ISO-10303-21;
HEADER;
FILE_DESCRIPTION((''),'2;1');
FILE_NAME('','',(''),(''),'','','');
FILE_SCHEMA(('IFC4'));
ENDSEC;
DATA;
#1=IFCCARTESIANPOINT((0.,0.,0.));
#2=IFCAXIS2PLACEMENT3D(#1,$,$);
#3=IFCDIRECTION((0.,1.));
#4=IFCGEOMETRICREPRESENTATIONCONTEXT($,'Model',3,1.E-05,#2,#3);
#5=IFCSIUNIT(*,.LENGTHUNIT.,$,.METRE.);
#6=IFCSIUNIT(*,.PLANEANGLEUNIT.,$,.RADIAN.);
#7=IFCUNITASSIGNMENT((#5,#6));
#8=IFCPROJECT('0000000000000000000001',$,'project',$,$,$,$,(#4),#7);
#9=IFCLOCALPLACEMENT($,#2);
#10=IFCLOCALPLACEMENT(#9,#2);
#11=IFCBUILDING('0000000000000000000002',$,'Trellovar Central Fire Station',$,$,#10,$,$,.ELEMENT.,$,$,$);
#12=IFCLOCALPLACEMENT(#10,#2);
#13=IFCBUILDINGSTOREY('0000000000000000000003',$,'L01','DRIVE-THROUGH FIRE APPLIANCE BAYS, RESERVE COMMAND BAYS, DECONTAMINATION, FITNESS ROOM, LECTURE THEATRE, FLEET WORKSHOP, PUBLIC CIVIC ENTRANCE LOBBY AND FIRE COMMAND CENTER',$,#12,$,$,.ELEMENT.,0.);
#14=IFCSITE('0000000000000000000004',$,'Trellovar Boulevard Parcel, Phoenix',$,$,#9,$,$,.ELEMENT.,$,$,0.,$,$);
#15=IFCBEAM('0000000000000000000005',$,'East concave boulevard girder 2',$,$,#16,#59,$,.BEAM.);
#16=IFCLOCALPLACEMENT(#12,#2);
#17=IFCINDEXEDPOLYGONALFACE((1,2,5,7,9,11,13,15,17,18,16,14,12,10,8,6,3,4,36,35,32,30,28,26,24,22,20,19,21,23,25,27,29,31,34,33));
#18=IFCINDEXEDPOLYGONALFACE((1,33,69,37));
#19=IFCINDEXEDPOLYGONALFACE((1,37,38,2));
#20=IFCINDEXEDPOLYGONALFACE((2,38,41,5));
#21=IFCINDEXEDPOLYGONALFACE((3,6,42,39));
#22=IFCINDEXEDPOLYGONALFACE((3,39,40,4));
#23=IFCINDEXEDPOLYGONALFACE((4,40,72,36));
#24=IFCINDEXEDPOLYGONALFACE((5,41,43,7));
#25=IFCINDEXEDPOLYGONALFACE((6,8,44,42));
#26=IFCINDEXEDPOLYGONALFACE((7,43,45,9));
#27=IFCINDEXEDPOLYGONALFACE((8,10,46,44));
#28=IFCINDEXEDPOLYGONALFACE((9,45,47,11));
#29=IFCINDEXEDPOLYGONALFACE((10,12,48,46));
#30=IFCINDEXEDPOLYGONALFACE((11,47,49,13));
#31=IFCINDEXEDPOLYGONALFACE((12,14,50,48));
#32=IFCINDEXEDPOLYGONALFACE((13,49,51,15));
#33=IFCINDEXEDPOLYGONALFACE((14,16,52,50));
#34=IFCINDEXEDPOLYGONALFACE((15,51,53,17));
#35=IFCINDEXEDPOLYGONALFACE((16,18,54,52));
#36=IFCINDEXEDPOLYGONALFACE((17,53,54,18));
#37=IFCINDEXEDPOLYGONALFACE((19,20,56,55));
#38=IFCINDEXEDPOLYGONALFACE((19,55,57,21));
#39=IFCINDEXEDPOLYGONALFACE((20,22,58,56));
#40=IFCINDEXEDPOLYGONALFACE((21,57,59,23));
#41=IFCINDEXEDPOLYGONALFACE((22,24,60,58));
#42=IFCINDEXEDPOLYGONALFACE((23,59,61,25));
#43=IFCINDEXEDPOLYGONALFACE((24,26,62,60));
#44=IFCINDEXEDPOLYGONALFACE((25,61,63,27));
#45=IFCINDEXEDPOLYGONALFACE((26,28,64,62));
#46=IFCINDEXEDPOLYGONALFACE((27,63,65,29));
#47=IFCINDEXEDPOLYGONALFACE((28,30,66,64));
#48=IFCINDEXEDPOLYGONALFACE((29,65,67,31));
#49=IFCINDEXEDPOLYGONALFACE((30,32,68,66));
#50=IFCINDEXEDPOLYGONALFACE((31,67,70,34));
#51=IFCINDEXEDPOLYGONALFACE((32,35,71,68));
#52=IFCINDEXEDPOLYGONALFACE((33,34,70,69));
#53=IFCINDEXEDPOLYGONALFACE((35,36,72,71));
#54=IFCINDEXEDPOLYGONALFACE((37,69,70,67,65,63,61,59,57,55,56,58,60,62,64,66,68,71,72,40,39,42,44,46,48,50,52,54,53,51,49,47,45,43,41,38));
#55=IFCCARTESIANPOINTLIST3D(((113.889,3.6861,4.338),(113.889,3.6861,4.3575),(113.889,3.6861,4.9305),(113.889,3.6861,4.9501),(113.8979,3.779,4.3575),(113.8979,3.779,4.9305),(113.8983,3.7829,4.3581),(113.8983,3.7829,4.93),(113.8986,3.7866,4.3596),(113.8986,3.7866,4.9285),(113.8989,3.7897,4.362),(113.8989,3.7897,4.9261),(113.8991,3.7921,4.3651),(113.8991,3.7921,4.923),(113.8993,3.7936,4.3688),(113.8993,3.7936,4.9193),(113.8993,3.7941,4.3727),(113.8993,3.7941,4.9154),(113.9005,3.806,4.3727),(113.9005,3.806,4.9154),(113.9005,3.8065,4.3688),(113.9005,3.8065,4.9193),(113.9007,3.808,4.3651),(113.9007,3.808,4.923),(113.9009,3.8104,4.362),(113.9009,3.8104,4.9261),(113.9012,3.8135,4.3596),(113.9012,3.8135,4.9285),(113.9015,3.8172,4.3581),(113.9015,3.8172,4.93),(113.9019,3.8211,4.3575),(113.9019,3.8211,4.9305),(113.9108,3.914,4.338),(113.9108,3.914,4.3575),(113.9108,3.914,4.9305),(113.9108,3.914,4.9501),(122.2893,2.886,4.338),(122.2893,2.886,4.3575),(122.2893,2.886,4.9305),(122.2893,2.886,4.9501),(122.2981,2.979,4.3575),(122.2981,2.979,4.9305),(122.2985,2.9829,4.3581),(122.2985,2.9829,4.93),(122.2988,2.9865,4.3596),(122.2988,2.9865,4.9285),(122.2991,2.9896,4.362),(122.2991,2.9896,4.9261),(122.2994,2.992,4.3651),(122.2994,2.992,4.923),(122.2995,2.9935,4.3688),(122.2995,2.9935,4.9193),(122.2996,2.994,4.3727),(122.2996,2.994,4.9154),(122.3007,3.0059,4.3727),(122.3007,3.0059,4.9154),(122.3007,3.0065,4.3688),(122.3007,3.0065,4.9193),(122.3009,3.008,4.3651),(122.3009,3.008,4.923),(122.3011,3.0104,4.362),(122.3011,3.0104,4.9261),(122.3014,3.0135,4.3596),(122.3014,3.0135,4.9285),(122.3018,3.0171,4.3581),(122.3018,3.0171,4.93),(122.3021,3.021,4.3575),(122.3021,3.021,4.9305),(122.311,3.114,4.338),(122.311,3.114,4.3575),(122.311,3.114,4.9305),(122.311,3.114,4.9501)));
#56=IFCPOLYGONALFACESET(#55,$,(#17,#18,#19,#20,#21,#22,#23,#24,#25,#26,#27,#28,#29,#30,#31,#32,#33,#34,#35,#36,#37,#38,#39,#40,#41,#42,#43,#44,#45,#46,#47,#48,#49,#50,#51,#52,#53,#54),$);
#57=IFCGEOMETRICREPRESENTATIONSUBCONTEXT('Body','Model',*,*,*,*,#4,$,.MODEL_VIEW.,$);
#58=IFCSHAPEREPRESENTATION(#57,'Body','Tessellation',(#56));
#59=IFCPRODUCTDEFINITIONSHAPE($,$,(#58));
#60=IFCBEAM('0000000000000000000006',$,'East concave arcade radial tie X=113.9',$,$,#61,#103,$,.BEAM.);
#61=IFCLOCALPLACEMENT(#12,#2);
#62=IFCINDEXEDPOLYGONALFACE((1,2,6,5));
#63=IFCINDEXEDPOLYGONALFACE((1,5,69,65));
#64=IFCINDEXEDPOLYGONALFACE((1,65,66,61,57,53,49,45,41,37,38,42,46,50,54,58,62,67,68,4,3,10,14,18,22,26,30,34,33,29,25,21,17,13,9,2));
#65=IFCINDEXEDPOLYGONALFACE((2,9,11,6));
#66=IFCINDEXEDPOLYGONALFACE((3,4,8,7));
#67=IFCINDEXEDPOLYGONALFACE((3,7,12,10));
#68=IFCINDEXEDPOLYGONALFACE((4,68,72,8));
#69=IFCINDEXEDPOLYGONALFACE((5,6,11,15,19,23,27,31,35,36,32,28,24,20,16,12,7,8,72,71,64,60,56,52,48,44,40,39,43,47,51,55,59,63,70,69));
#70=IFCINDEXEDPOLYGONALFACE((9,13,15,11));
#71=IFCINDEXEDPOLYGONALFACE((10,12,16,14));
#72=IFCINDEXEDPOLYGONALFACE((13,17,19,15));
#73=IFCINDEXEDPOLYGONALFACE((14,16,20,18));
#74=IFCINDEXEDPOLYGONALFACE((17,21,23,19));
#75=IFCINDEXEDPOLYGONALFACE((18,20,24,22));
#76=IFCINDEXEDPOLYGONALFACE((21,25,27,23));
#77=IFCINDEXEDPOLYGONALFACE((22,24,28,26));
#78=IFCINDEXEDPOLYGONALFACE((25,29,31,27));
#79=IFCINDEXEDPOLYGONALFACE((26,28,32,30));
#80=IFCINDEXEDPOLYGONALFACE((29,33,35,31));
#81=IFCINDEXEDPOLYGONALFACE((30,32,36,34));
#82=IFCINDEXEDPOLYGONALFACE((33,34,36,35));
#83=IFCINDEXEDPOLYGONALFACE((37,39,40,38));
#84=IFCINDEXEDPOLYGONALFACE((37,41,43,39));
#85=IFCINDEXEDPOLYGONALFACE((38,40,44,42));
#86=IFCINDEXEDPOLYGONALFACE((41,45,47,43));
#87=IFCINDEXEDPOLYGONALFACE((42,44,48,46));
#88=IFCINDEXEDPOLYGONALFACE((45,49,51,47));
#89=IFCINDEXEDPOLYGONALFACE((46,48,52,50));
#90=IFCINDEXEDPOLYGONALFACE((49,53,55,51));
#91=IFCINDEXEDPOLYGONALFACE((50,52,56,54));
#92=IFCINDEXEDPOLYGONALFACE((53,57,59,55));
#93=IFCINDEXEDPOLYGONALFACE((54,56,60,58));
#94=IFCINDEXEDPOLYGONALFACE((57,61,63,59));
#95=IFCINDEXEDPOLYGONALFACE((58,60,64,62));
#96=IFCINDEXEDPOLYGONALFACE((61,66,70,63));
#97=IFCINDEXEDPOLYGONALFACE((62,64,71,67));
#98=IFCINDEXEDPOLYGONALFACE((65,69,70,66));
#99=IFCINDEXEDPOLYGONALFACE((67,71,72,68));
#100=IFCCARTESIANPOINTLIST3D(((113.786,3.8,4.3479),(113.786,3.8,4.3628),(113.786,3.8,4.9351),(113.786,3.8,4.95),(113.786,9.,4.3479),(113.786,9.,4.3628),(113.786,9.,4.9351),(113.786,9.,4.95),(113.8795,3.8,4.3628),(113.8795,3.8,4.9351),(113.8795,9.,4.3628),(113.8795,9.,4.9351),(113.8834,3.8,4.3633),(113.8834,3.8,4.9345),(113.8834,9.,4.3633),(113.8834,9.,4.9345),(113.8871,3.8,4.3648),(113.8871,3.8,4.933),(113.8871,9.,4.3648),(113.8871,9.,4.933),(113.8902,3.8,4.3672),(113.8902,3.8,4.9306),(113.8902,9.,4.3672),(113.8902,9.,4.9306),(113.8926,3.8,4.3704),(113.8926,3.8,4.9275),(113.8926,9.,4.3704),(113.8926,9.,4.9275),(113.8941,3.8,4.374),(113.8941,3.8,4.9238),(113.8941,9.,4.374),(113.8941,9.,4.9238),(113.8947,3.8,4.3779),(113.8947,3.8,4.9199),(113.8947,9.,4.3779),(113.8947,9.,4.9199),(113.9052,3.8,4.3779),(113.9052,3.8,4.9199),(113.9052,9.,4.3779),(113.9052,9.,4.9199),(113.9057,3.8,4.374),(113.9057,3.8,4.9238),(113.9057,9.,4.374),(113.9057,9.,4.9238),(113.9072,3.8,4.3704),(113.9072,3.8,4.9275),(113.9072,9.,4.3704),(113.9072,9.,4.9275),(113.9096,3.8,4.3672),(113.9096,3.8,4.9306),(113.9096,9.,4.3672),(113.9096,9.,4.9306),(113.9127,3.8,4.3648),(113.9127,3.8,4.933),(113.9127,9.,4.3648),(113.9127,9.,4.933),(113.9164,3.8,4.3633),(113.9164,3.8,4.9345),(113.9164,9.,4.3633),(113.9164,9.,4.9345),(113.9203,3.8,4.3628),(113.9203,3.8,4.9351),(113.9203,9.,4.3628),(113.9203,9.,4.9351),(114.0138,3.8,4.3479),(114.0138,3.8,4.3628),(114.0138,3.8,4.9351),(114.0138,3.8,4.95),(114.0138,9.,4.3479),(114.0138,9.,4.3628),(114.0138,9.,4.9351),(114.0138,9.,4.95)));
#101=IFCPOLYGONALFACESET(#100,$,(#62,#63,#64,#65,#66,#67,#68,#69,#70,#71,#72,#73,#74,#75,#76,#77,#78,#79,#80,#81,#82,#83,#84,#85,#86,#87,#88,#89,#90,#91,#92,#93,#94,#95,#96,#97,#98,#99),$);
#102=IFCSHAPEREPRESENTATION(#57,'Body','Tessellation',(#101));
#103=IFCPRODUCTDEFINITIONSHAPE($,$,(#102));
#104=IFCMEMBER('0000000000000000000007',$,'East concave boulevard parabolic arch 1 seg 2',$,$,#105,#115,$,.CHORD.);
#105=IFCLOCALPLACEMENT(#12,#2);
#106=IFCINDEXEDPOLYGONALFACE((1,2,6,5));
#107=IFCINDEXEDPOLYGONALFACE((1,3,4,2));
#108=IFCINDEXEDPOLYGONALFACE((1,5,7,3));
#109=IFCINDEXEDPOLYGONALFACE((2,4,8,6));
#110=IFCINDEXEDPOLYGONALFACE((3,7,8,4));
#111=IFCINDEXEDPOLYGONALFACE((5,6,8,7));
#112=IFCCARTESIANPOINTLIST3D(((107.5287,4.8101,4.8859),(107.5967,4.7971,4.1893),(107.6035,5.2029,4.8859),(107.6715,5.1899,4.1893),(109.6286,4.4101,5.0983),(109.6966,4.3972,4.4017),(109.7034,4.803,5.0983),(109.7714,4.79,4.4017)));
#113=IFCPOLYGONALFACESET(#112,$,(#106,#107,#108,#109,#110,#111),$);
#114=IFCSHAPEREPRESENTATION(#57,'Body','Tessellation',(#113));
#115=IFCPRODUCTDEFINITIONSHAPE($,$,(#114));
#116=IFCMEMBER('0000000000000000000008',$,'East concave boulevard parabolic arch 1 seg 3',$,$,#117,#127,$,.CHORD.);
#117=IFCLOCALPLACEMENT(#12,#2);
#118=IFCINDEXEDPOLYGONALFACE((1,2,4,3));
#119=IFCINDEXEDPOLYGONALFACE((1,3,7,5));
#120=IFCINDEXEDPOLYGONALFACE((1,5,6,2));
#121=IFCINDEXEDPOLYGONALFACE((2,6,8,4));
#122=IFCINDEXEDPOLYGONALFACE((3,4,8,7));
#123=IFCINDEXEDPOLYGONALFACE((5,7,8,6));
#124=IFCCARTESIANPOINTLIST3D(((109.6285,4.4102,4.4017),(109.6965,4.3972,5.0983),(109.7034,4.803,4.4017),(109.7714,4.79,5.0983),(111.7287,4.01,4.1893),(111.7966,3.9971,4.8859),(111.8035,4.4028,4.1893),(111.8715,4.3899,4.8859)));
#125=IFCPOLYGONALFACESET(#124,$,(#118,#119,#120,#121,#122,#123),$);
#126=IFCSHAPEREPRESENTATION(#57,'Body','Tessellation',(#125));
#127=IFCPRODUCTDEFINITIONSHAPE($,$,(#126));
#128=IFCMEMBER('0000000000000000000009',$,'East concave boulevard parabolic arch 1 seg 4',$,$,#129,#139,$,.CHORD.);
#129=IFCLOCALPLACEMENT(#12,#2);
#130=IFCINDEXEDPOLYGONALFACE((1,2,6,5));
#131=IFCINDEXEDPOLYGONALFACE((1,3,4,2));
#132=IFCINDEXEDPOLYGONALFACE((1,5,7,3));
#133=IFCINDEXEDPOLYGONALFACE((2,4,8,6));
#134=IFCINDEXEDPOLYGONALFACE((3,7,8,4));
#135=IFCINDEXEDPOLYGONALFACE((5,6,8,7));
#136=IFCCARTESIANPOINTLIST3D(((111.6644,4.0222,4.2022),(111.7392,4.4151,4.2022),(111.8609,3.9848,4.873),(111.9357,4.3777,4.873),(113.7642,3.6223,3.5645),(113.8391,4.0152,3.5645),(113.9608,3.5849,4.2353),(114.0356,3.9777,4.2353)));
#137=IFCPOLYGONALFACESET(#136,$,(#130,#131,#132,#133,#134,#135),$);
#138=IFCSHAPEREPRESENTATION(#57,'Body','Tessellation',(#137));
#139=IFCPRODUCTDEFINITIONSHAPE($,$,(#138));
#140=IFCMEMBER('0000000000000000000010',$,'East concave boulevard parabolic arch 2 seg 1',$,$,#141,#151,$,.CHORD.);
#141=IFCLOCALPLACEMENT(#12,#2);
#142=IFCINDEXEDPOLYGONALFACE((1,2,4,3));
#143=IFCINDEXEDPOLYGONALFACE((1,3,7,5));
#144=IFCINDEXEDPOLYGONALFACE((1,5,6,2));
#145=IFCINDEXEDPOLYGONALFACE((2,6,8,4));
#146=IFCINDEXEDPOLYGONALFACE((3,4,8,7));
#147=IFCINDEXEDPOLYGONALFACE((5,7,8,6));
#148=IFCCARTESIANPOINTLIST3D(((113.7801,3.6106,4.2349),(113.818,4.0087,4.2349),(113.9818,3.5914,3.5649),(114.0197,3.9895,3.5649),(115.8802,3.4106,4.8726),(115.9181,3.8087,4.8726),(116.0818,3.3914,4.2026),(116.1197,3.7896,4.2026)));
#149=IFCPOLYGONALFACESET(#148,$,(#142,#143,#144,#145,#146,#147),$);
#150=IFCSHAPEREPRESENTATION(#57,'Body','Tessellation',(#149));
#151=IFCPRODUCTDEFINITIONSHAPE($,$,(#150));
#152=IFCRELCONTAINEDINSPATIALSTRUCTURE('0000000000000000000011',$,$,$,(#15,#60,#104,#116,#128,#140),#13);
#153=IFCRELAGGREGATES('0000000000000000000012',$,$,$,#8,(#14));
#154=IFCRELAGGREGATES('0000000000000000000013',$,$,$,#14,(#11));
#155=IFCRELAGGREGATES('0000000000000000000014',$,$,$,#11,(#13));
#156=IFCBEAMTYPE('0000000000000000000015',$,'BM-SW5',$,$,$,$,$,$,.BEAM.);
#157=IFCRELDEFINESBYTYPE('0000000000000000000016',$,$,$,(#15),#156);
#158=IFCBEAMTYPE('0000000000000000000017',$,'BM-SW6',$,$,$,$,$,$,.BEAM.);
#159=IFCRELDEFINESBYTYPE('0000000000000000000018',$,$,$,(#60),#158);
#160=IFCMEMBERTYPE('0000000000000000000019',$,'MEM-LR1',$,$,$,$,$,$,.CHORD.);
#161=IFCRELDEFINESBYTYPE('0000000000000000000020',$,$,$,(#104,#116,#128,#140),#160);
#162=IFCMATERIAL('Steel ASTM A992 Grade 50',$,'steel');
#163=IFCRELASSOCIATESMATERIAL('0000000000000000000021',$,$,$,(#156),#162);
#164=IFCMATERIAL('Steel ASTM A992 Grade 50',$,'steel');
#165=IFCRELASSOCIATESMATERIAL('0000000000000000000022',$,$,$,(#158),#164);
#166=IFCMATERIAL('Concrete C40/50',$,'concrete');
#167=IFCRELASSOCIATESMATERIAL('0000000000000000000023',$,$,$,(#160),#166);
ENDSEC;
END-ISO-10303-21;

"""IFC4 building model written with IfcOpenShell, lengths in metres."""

from ifc_helpers import new_model, si_unit, direction, frame, origin, origin_2d, place, context, subcontext, project, spatial, rectangle, i_section, extrude, material, material_profile, profile_set, type_object, element, save


model = new_model("IFC4")

# Units and contexts
model_context = context("Model", 3, precision=1e-05, world=origin(), true_north=direction((0.0, 1.0)))
body_context = subcontext(model_context, "Body", "Model", "MODEL_VIEW")
ifc_project = project(units=[si_unit("LENGTHUNIT", "METRE"), si_unit("PLANEANGLEUNIT", "RADIAN")], contexts=[model_context])

# Site, building, storey
site_placement = place(None, origin())
site = spatial("IfcSite", under=ifc_project, at=site_placement, Name="Trellovar Boulevard Parcel, Phoenix", CompositionType="ELEMENT", RefElevation=0.0)
building_placement = place(site_placement, origin())
building = spatial("IfcBuilding", under=site, at=building_placement, Name="Trellovar Central Fire Station", CompositionType="ELEMENT")
storey_placement = place(building_placement, origin())
storey = spatial("IfcBuildingStorey", under=building, at=storey_placement, Name="L01", Description="DRIVE-THROUGH FIRE APPLIANCE BAYS, RESERVE COMMAND BAYS, DECONTAMINATION, FITNESS ROOM, LECTURE THEATRE, FLEET WORKSHOP, PUBLIC CIVIC ENTRANCE LOBBY AND FIRE COMMAND CENTER", CompositionType="ELEMENT", Elevation=0.0)

# Beams
ifc_material_1 = material(Name="Steel ASTM A992 Grade 50", Category="steel")
ifc_material_profile_1 = material_profile(ifc_material_1, i_section(OverallWidth=0.229, OverallDepth=0.6121, WebThickness=0.012, FlangeThickness=0.0195, FilletRadius=0.0151, at=origin_2d()), Name="W24X84")
ifc_profile_set_1 = profile_set([ifc_material_profile_1], Name="Steel ASTM A992 Grade 50")
beam_type_1 = type_object("IfcBeamType", Name="BM-SW5", PredefinedType="BEAM", material=ifc_profile_set_1)
beam_1_placement = place(storey_placement, frame((113.8999, 3.8, 4.644), z_axis=(0.995495, -0.094813, 0.0), x_axis=(0.094813, 0.995495, 0.0)))
element("IfcBeam", 1, at=beam_1_placement, inside=storey, type_object=beam_type_1, Name="East concave boulevard girder 2", PredefinedType="BEAM", context=body_context, shape_type="SweptSolid", body=[
    extrude(i_section(OverallWidth=0.229, OverallDepth=0.6121, WebThickness=0.012, FlangeThickness=0.0195, FilletRadius=0.0151, at=origin_2d()), origin(), (0.0, 0.0, 1.0), 8.4382),
])
ifc_material_2 = material(Name="Steel ASTM A992 Grade 50", Category="steel")
ifc_material_profile_2 = material_profile(ifc_material_2, i_section(OverallWidth=0.2278, OverallDepth=0.6021, WebThickness=0.0105, FlangeThickness=0.0149, FilletRadius=0.0151, at=origin_2d()), Name="W24X68")
ifc_profile_set_2 = profile_set([ifc_material_profile_2], Name="Steel ASTM A992 Grade 50")
beam_type_2 = type_object("IfcBeamType", Name="BM-SW6", PredefinedType="BEAM", material=ifc_profile_set_2)
beam_2_placement = place(storey_placement, frame((113.8999, 3.8, 4.6489), z_axis=(0.0, 1.0, 0.0), x_axis=(-1.0, 0.0, 0.0)))
element("IfcBeam", 2, at=beam_2_placement, inside=storey, type_object=beam_type_2, Name="East concave arcade radial tie X=113.9", PredefinedType="BEAM", context=body_context, shape_type="SweptSolid", body=[
    extrude(i_section(OverallWidth=0.2278, OverallDepth=0.6021, WebThickness=0.0105, FlangeThickness=0.0149, FilletRadius=0.0151, at=origin_2d()), origin(), (0.0, 0.0, 1.0), 5.2),
])

# Members
ifc_material_3 = material(Name="Concrete C40/50", Category="concrete")
ifc_material_profile_3 = material_profile(ifc_material_3, rectangle(XDim=0.3999, YDim=0.7, at=origin_2d()), Name="RC400X700")
ifc_profile_set_3 = profile_set([ifc_material_profile_3], Name="Concrete C40/50")
member_type_1 = type_object("IfcMemberType", Name="MEM-LR1", PredefinedType="CHORD", material=ifc_profile_set_3)
member_1_placement = place(storey_placement, frame((107.6001, 5.0, 4.5376), z_axis=(0.977531, -0.186164, 0.098878), x_axis=(0.187081, 0.982345, 0.0)))
element("IfcMember", 3, at=member_1_placement, inside=storey, type_object=member_type_1, Name="East concave boulevard parabolic arch 1 seg 2", PredefinedType="CHORD", context=body_context, shape_type="SweptSolid", body=[
    extrude(rectangle(XDim=0.3999, YDim=0.7, at=origin_2d()), origin(), (0.0, 0.0, 1.0), 2.1482),
])
member_2_placement = place(storey_placement, frame((109.7, 4.6001, 4.75), z_axis=(0.977515, -0.186253, -0.098865), x_axis=(0.18717, 0.982328, 0.0)))
element("IfcMember", 4, at=member_2_placement, inside=storey, type_object=member_type_1, Name="East concave boulevard parabolic arch 1 seg 3", PredefinedType="CHORD", context=body_context, shape_type="SweptSolid", body=[
    extrude(rectangle(XDim=0.3999, YDim=0.7, at=origin_2d()), origin(), (0.0, 0.0, 1.0), 2.1484),
])
member_3_placement = place(storey_placement, frame((111.8, 4.2, 4.5376), z_axis=(0.941349, -0.179273, -0.285874), x_axis=(0.187081, 0.982345, 0.0)))
element("IfcMember", 5, at=member_3_placement, inside=storey, type_object=member_type_1, Name="East concave boulevard parabolic arch 1 seg 4", PredefinedType="CHORD", context=body_context, shape_type="SweptSolid", body=[
    extrude(rectangle(XDim=0.3999, YDim=0.7, at=origin_2d()), origin(), (0.0, 0.0, 1.0), 2.2307),
])
member_4_placement = place(storey_placement, frame((113.8999, 3.8, 3.8999), z_axis=(0.952913, -0.090727, 0.289352), x_axis=(0.094782, 0.995498, 0.0)))
element("IfcMember", 6, at=member_4_placement, inside=storey, type_object=member_type_1, Name="East concave boulevard parabolic arch 2 seg 1", PredefinedType="CHORD", context=body_context, shape_type="SweptSolid", body=[
    extrude(rectangle(XDim=0.3999, YDim=0.7, at=origin_2d()), origin(), (0.0, 0.0, 1.0), 2.2039),
])

save(model, "model.ifc")
